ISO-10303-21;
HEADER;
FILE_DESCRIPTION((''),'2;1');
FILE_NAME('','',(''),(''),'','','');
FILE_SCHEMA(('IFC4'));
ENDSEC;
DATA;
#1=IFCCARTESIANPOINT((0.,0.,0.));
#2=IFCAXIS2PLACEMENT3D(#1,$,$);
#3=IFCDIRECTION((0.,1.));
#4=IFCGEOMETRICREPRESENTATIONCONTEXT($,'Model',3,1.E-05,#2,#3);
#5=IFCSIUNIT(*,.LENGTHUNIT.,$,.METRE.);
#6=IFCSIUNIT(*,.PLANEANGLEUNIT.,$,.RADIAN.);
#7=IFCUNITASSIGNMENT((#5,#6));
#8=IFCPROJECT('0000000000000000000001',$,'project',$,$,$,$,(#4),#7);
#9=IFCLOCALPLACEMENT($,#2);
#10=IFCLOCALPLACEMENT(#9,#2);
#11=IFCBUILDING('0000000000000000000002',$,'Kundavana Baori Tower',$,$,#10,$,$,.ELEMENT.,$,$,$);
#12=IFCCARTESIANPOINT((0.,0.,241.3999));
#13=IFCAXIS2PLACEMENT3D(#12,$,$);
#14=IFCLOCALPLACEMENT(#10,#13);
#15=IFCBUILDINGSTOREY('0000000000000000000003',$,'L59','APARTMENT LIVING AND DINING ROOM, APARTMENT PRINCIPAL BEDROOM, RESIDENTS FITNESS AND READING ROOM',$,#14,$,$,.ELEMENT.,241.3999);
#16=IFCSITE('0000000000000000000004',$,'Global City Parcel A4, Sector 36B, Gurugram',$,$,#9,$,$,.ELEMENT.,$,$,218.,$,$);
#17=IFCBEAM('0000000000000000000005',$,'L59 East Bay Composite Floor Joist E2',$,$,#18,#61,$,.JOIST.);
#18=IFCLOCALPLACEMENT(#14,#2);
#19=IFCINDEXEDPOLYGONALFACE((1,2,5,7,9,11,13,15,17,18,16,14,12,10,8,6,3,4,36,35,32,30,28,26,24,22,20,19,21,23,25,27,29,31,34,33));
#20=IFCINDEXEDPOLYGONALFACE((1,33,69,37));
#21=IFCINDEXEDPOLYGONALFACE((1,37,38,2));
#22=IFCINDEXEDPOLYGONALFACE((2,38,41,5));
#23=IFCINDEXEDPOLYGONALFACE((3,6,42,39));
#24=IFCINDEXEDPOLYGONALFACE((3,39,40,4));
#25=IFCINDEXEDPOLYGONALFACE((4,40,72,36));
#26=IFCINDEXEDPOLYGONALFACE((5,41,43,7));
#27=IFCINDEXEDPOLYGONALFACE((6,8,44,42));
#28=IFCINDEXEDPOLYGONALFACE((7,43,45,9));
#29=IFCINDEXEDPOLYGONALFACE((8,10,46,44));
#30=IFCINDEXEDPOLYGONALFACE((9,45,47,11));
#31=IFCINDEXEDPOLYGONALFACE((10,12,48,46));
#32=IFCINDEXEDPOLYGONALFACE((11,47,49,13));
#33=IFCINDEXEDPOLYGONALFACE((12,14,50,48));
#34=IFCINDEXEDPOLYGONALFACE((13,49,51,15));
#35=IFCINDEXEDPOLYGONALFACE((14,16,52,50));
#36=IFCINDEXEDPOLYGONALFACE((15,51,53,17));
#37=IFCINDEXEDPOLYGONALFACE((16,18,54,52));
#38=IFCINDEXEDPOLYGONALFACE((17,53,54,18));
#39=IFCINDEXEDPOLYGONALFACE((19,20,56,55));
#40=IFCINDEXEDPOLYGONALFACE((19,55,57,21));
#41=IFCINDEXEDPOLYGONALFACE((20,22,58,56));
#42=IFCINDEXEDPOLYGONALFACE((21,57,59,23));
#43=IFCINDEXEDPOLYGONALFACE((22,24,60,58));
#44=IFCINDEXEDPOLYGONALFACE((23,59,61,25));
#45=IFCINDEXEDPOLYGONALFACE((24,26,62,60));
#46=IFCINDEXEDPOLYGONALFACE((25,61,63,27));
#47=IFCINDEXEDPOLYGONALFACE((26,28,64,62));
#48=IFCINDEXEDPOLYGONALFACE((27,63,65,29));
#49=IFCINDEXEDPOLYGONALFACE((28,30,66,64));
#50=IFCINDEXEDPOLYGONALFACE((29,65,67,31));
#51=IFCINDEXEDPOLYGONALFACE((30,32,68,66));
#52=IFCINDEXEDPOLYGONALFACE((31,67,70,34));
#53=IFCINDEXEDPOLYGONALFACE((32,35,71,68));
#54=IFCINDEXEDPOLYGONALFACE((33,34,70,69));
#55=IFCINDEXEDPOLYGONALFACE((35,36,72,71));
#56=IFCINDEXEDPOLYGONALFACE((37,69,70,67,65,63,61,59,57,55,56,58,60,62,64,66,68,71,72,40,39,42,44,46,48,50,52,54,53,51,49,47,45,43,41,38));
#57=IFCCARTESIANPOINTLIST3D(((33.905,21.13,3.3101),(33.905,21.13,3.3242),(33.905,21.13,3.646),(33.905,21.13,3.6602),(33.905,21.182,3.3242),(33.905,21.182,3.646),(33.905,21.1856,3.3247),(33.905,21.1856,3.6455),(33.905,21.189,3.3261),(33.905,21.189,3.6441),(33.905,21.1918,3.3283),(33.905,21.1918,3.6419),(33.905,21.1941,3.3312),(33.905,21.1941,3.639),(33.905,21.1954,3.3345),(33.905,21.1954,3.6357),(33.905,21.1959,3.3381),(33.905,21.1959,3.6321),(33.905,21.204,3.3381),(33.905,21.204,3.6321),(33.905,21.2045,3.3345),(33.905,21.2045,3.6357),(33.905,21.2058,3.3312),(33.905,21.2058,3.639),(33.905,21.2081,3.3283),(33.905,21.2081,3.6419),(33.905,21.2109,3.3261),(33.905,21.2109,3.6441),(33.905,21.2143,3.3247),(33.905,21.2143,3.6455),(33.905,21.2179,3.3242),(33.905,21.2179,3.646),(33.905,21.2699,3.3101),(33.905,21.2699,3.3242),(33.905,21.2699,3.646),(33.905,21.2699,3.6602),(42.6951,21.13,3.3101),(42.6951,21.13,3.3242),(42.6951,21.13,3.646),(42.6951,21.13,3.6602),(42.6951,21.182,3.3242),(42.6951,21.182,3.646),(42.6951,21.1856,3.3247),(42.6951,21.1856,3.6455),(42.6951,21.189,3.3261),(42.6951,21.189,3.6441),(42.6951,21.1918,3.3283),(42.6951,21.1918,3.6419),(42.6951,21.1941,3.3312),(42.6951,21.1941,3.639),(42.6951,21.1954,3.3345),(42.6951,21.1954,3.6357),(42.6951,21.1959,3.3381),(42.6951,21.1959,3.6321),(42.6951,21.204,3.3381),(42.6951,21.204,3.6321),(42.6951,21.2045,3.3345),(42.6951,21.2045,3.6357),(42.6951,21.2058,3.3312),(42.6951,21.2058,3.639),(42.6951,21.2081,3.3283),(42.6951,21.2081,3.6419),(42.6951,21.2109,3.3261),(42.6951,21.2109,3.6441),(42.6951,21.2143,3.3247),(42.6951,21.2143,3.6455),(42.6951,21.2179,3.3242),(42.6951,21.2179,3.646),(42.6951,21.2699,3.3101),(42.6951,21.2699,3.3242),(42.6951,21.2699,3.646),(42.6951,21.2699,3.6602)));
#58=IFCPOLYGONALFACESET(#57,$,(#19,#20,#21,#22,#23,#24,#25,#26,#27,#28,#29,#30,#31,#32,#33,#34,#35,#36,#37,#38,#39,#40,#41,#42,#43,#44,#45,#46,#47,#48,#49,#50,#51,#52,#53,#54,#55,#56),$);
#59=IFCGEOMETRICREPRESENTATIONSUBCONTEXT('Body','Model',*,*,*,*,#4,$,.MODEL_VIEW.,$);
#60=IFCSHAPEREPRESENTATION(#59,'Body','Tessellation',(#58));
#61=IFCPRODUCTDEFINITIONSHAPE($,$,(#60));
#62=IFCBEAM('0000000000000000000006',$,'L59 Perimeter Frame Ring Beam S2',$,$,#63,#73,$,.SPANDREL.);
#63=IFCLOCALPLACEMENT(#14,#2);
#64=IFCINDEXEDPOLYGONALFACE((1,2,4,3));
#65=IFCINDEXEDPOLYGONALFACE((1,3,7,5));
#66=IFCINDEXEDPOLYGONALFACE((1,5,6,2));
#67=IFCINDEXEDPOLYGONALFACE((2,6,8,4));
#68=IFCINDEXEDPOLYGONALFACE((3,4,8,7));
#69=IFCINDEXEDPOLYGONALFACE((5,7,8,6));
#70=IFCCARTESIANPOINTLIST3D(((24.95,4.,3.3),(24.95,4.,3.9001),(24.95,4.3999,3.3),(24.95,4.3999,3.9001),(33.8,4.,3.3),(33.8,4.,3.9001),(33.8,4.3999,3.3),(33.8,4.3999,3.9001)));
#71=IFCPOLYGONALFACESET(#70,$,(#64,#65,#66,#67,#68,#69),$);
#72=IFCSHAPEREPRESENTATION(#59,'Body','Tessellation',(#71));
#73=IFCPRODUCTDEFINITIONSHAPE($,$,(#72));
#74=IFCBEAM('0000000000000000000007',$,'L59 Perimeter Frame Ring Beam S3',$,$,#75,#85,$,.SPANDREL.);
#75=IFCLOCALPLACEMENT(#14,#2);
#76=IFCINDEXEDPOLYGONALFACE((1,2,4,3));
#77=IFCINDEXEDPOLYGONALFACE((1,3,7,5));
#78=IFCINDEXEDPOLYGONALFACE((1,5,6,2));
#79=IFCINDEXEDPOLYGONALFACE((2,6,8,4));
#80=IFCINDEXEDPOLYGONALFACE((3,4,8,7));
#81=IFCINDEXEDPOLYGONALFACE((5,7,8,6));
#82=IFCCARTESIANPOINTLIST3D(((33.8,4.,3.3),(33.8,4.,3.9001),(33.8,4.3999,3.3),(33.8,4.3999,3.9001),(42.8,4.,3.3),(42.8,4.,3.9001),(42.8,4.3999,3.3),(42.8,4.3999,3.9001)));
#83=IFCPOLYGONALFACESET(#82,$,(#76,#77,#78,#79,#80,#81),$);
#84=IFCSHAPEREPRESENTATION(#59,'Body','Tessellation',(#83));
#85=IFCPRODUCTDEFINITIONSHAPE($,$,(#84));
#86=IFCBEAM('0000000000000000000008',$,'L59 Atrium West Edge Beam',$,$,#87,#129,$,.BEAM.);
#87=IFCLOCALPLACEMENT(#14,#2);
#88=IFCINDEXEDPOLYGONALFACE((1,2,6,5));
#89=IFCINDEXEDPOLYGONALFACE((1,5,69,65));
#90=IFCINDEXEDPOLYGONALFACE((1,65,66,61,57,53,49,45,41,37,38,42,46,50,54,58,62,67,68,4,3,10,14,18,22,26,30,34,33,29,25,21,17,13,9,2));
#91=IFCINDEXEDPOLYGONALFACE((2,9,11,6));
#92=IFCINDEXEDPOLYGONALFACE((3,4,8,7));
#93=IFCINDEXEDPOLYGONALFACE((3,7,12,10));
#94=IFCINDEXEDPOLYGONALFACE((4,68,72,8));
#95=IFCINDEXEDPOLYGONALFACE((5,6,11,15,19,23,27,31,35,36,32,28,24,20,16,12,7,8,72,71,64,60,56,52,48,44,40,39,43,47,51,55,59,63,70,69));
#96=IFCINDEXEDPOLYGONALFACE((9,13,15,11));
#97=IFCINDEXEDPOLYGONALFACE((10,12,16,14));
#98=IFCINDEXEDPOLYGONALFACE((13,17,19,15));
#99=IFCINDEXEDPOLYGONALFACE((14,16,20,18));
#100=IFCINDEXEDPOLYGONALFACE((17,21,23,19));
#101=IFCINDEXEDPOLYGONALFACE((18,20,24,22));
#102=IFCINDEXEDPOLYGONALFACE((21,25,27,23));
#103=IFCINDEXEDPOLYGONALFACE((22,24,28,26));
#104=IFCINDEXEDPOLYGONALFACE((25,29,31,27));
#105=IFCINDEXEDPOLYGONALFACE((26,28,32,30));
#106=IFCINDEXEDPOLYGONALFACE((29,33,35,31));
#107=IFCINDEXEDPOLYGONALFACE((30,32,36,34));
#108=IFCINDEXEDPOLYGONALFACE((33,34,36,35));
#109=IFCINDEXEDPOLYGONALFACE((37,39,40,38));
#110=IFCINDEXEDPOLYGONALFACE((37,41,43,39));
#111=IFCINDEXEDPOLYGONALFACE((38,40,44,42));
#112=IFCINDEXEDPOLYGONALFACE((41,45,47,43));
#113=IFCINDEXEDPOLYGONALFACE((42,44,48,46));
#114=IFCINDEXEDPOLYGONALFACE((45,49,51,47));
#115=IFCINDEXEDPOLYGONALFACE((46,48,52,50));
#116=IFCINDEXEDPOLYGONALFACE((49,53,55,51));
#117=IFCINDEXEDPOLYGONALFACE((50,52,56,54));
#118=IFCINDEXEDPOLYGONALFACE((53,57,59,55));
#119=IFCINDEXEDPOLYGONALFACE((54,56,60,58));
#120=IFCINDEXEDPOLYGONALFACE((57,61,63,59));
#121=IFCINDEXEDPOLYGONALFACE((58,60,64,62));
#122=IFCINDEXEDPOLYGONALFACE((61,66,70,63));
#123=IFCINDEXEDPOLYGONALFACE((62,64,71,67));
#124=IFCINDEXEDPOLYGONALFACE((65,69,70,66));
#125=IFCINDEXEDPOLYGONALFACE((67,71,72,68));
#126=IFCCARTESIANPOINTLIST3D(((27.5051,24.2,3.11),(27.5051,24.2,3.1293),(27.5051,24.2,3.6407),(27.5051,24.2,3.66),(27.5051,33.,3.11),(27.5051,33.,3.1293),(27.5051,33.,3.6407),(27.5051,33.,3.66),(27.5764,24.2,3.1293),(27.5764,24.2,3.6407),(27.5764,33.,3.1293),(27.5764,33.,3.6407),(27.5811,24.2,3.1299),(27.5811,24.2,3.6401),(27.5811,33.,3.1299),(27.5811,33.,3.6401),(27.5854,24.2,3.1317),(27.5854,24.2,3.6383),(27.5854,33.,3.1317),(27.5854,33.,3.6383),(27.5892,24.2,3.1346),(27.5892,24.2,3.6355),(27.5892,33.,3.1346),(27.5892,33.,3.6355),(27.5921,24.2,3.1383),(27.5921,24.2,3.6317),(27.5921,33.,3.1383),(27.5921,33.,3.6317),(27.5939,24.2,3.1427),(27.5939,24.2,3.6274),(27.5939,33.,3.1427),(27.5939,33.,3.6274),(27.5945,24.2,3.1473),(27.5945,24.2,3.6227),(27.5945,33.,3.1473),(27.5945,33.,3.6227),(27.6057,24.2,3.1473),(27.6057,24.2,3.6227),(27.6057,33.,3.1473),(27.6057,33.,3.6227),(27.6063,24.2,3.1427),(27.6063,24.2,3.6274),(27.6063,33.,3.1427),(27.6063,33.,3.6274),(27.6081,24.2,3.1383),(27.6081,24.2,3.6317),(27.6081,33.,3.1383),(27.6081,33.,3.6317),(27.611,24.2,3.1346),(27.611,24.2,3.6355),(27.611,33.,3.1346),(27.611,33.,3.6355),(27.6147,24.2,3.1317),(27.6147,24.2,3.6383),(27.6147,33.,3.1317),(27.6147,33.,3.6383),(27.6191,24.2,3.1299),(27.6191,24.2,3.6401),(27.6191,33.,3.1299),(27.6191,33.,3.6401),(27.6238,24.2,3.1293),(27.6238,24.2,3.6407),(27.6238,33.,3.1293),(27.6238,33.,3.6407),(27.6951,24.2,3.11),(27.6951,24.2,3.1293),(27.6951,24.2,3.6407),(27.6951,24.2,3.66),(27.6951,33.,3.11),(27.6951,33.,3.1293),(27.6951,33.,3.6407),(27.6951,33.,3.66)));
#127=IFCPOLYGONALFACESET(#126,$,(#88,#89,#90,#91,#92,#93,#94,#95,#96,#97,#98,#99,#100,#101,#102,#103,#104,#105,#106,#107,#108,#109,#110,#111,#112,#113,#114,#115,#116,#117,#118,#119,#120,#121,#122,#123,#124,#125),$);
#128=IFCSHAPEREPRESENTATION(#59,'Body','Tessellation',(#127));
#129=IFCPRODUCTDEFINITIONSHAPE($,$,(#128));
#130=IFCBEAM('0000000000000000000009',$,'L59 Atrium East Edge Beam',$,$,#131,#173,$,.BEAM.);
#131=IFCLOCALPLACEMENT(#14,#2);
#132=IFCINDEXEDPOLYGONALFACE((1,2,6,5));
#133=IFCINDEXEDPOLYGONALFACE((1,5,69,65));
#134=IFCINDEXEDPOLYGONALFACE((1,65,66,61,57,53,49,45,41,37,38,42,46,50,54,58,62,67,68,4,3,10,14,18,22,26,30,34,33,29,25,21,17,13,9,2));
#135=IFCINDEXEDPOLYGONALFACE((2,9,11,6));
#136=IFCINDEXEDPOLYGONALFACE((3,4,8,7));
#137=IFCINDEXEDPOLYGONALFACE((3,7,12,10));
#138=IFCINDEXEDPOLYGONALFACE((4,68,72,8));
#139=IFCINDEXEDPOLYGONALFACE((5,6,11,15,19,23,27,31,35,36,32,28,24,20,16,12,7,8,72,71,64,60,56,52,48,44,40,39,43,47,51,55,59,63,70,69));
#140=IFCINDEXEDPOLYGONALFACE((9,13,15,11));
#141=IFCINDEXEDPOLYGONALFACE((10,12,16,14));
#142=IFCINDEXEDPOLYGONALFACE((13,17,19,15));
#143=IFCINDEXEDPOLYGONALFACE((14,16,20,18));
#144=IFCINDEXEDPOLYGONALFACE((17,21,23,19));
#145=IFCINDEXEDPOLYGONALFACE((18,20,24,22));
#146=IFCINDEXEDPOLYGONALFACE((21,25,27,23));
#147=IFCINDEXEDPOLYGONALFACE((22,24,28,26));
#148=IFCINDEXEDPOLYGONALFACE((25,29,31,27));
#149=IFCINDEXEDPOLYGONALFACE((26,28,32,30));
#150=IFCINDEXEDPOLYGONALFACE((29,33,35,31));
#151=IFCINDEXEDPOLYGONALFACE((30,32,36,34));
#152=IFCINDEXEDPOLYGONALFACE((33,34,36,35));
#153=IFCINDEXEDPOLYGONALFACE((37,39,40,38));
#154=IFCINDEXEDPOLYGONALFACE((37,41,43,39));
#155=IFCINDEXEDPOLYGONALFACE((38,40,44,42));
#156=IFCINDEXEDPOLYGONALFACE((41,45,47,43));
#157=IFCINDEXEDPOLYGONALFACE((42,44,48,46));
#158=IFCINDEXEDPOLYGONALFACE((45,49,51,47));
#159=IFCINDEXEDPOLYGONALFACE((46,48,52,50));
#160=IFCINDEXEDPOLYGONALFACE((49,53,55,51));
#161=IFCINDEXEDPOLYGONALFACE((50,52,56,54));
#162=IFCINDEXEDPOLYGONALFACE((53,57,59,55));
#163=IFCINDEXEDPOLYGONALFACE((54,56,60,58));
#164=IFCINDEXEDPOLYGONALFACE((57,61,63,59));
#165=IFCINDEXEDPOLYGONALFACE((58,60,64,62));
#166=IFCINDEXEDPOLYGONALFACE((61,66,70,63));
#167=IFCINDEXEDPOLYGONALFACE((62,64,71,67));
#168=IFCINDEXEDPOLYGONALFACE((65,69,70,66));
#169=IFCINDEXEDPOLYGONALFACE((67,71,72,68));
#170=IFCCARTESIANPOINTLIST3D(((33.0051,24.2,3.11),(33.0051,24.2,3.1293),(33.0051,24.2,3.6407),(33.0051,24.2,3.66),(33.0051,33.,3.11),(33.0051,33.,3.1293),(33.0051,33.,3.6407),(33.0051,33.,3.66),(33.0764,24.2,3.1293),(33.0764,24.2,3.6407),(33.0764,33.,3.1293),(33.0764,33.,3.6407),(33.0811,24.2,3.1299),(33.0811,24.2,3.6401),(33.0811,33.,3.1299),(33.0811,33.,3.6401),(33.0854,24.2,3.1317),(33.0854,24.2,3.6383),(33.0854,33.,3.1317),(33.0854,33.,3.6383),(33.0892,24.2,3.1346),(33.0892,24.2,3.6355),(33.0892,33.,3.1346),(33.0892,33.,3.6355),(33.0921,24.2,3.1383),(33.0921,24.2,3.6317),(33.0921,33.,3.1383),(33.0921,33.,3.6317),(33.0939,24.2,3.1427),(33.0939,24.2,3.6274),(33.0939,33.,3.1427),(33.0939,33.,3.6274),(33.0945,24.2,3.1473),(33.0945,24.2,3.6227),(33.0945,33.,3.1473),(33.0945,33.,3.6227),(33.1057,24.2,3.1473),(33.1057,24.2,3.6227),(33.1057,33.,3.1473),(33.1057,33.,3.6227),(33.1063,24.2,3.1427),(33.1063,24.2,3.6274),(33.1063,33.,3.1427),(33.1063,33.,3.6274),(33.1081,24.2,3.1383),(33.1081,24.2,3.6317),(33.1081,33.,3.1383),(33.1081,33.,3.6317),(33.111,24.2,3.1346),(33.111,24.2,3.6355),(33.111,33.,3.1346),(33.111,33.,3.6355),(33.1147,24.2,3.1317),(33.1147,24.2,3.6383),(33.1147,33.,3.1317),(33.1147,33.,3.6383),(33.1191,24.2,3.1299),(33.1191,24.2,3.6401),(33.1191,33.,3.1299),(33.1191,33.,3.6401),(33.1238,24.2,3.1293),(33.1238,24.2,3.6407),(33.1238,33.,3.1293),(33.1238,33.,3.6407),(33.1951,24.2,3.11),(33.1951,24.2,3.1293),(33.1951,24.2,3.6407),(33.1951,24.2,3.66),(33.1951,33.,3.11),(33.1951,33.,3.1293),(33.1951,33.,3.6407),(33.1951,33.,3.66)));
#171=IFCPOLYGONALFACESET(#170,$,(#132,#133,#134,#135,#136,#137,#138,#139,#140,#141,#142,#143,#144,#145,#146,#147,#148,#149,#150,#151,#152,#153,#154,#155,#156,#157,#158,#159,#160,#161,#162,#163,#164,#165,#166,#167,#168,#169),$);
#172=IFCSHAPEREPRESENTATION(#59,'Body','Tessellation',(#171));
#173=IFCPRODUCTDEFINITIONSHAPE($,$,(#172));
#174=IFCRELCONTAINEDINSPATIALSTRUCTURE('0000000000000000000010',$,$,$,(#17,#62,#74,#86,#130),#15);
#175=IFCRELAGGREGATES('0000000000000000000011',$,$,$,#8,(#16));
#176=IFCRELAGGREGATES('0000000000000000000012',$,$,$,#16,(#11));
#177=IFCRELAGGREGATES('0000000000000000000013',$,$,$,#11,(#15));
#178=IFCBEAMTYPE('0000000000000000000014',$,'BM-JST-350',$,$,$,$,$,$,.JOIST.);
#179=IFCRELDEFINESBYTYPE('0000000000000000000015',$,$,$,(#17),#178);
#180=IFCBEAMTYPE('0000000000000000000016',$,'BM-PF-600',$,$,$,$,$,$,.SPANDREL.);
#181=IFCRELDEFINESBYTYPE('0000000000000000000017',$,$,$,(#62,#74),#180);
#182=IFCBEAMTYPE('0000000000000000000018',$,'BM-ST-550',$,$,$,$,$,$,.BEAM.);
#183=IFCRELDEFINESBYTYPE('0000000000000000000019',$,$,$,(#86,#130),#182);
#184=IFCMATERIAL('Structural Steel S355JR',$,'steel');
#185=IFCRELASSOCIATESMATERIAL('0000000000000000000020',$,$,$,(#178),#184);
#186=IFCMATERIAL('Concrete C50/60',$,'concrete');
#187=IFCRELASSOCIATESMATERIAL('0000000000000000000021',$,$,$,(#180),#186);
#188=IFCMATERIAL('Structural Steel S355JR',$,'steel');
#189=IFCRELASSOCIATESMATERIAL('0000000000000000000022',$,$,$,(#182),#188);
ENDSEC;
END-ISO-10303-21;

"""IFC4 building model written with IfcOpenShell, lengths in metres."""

from ifc_helpers import new_model, si_unit, direction, frame, origin, origin_2d, place, context, subcontext, project, spatial, rectangle, i_section, extrude, material, material_profile, profile_set, type_object, element, save


model = new_model("IFC4")

# Units and contexts
model_context = context("Model", 3, precision=1e-05, world=origin(), true_north=direction((0.0, 1.0)))
body_context = subcontext(model_context, "Body", "Model", "MODEL_VIEW")
ifc_project = project(units=[si_unit("LENGTHUNIT", "METRE"), si_unit("PLANEANGLEUNIT", "RADIAN")], contexts=[model_context])

# Site, building, storey
site_placement = place(None, origin())
site = spatial("IfcSite", under=ifc_project, at=site_placement, Name="Global City Parcel A4, Sector 36B, Gurugram", CompositionType="ELEMENT", RefElevation=218.0)
building_placement = place(site_placement, origin())
building = spatial("IfcBuilding", under=site, at=building_placement, Name="Kundavana Baori Tower", CompositionType="ELEMENT")
storey_placement = place(building_placement, frame((0.0, 0.0, 241.3999)))
storey = spatial("IfcBuildingStorey", under=building, at=storey_placement, Name="L59", Description="APARTMENT LIVING AND DINING ROOM, APARTMENT PRINCIPAL BEDROOM, RESIDENTS FITNESS AND READING ROOM", CompositionType="ELEMENT", Elevation=241.3999)

# Beams
ifc_material_1 = material(Name="Structural Steel S355JR", Category="steel")
ifc_material_profile_1 = material_profile(ifc_material_1, i_section(OverallWidth=0.1399, OverallDepth=0.3501, WebThickness=0.0081, FlangeThickness=0.0142, FilletRadius=0.0139, at=origin_2d()), Name="ISMB 350")
ifc_profile_set_1 = profile_set([ifc_material_profile_1], Name="Structural Steel S355JR")
beam_type_1 = type_object("IfcBeamType", Name="BM-JST-350", PredefinedType="JOIST", material=ifc_profile_set_1)
for number, where, z_axis, x_axis, name in (
    (1, (33.905, 21.2, 3.4851), (1.0, 0.0, 0.0), (0.0, 1.0, 0.0), "L59 East Bay Composite Floor Joist E2"),
):
    element("IfcBeam", number, at=place(storey_placement, frame(where, z_axis=z_axis, x_axis=x_axis)), inside=storey, type_object=beam_type_1, Name=name, PredefinedType="JOIST", context=body_context, shape_type="SweptSolid", body=[
        extrude(i_section(OverallWidth=0.1399, OverallDepth=0.3501, WebThickness=0.0081, FlangeThickness=0.0142, FilletRadius=0.0139, at=origin_2d()), origin(), (0.0, 0.0, 1.0), 8.79),
    ])
ifc_material_2 = material(Name="Concrete C50/60", Category="concrete")
ifc_material_profile_2 = material_profile(ifc_material_2, rectangle(XDim=0.3999, YDim=0.6001, at=origin_2d()), Name="RC BM 400x600")
ifc_profile_set_2 = profile_set([ifc_material_profile_2], Name="Concrete C50/60")
beam_type_2 = type_object("IfcBeamType", Name="BM-PF-600", PredefinedType="SPANDREL", material=ifc_profile_set_2)
beam_1_placement = place(storey_placement, frame((24.95, 4.2, 3.6001), z_axis=(1.0, 0.0, 0.0), x_axis=(0.0, 1.0, 0.0)))
element("IfcBeam", 2, at=beam_1_placement, inside=storey, type_object=beam_type_2, Name="L59 Perimeter Frame Ring Beam S2", PredefinedType="SPANDREL", context=body_context, shape_type="SweptSolid", body=[
    extrude(rectangle(XDim=0.3999, YDim=0.6001, at=origin_2d()), origin(), (0.0, 0.0, 1.0), 8.8501),
])
beam_2_placement = place(storey_placement, frame((33.8, 4.2, 3.6001), z_axis=(1.0, 0.0, 0.0), x_axis=(0.0, 1.0, 0.0)))
element("IfcBeam", 3, at=beam_2_placement, inside=storey, type_object=beam_type_2, Name="L59 Perimeter Frame Ring Beam S3", PredefinedType="SPANDREL", context=body_context, shape_type="SweptSolid", body=[
    extrude(rectangle(XDim=0.3999, YDim=0.6001, at=origin_2d()), origin(), (0.0, 0.0, 1.0), 9.0),
])
ifc_material_3 = material(Name="Structural Steel S355JR", Category="steel")
ifc_material_profile_3 = material_profile(ifc_material_3, i_section(OverallWidth=0.1899, OverallDepth=0.55, WebThickness=0.0112, FlangeThickness=0.0193, FilletRadius=0.0181, at=origin_2d()), Name="ISMB 550")
ifc_profile_set_3 = profile_set([ifc_material_profile_3], Name="Structural Steel S355JR")
beam_type_3 = type_object("IfcBeamType", Name="BM-ST-550", PredefinedType="BEAM", material=ifc_profile_set_3)
for number, where, z_axis, x_axis, name in (
    (4, (27.6001, 24.2, 3.385), (0.0, 1.0, 0.0), (-1.0, 0.0, 0.0), "L59 Atrium West Edge Beam"),
    (5, (33.1001, 24.2, 3.385), (0.0, 1.0, 0.0), (-1.0, 0.0, 0.0), "L59 Atrium East Edge Beam"),
):
    element("IfcBeam", number, at=place(storey_placement, frame(where, z_axis=z_axis, x_axis=x_axis)), inside=storey, type_object=beam_type_3, Name=name, PredefinedType="BEAM", context=body_context, shape_type="SweptSolid", body=[
        extrude(i_section(OverallWidth=0.1899, OverallDepth=0.55, WebThickness=0.0112, FlangeThickness=0.0193, FilletRadius=0.0181, at=origin_2d()), origin(), (0.0, 0.0, 1.0), 8.8),
    ])

save(model, "model.ifc")
